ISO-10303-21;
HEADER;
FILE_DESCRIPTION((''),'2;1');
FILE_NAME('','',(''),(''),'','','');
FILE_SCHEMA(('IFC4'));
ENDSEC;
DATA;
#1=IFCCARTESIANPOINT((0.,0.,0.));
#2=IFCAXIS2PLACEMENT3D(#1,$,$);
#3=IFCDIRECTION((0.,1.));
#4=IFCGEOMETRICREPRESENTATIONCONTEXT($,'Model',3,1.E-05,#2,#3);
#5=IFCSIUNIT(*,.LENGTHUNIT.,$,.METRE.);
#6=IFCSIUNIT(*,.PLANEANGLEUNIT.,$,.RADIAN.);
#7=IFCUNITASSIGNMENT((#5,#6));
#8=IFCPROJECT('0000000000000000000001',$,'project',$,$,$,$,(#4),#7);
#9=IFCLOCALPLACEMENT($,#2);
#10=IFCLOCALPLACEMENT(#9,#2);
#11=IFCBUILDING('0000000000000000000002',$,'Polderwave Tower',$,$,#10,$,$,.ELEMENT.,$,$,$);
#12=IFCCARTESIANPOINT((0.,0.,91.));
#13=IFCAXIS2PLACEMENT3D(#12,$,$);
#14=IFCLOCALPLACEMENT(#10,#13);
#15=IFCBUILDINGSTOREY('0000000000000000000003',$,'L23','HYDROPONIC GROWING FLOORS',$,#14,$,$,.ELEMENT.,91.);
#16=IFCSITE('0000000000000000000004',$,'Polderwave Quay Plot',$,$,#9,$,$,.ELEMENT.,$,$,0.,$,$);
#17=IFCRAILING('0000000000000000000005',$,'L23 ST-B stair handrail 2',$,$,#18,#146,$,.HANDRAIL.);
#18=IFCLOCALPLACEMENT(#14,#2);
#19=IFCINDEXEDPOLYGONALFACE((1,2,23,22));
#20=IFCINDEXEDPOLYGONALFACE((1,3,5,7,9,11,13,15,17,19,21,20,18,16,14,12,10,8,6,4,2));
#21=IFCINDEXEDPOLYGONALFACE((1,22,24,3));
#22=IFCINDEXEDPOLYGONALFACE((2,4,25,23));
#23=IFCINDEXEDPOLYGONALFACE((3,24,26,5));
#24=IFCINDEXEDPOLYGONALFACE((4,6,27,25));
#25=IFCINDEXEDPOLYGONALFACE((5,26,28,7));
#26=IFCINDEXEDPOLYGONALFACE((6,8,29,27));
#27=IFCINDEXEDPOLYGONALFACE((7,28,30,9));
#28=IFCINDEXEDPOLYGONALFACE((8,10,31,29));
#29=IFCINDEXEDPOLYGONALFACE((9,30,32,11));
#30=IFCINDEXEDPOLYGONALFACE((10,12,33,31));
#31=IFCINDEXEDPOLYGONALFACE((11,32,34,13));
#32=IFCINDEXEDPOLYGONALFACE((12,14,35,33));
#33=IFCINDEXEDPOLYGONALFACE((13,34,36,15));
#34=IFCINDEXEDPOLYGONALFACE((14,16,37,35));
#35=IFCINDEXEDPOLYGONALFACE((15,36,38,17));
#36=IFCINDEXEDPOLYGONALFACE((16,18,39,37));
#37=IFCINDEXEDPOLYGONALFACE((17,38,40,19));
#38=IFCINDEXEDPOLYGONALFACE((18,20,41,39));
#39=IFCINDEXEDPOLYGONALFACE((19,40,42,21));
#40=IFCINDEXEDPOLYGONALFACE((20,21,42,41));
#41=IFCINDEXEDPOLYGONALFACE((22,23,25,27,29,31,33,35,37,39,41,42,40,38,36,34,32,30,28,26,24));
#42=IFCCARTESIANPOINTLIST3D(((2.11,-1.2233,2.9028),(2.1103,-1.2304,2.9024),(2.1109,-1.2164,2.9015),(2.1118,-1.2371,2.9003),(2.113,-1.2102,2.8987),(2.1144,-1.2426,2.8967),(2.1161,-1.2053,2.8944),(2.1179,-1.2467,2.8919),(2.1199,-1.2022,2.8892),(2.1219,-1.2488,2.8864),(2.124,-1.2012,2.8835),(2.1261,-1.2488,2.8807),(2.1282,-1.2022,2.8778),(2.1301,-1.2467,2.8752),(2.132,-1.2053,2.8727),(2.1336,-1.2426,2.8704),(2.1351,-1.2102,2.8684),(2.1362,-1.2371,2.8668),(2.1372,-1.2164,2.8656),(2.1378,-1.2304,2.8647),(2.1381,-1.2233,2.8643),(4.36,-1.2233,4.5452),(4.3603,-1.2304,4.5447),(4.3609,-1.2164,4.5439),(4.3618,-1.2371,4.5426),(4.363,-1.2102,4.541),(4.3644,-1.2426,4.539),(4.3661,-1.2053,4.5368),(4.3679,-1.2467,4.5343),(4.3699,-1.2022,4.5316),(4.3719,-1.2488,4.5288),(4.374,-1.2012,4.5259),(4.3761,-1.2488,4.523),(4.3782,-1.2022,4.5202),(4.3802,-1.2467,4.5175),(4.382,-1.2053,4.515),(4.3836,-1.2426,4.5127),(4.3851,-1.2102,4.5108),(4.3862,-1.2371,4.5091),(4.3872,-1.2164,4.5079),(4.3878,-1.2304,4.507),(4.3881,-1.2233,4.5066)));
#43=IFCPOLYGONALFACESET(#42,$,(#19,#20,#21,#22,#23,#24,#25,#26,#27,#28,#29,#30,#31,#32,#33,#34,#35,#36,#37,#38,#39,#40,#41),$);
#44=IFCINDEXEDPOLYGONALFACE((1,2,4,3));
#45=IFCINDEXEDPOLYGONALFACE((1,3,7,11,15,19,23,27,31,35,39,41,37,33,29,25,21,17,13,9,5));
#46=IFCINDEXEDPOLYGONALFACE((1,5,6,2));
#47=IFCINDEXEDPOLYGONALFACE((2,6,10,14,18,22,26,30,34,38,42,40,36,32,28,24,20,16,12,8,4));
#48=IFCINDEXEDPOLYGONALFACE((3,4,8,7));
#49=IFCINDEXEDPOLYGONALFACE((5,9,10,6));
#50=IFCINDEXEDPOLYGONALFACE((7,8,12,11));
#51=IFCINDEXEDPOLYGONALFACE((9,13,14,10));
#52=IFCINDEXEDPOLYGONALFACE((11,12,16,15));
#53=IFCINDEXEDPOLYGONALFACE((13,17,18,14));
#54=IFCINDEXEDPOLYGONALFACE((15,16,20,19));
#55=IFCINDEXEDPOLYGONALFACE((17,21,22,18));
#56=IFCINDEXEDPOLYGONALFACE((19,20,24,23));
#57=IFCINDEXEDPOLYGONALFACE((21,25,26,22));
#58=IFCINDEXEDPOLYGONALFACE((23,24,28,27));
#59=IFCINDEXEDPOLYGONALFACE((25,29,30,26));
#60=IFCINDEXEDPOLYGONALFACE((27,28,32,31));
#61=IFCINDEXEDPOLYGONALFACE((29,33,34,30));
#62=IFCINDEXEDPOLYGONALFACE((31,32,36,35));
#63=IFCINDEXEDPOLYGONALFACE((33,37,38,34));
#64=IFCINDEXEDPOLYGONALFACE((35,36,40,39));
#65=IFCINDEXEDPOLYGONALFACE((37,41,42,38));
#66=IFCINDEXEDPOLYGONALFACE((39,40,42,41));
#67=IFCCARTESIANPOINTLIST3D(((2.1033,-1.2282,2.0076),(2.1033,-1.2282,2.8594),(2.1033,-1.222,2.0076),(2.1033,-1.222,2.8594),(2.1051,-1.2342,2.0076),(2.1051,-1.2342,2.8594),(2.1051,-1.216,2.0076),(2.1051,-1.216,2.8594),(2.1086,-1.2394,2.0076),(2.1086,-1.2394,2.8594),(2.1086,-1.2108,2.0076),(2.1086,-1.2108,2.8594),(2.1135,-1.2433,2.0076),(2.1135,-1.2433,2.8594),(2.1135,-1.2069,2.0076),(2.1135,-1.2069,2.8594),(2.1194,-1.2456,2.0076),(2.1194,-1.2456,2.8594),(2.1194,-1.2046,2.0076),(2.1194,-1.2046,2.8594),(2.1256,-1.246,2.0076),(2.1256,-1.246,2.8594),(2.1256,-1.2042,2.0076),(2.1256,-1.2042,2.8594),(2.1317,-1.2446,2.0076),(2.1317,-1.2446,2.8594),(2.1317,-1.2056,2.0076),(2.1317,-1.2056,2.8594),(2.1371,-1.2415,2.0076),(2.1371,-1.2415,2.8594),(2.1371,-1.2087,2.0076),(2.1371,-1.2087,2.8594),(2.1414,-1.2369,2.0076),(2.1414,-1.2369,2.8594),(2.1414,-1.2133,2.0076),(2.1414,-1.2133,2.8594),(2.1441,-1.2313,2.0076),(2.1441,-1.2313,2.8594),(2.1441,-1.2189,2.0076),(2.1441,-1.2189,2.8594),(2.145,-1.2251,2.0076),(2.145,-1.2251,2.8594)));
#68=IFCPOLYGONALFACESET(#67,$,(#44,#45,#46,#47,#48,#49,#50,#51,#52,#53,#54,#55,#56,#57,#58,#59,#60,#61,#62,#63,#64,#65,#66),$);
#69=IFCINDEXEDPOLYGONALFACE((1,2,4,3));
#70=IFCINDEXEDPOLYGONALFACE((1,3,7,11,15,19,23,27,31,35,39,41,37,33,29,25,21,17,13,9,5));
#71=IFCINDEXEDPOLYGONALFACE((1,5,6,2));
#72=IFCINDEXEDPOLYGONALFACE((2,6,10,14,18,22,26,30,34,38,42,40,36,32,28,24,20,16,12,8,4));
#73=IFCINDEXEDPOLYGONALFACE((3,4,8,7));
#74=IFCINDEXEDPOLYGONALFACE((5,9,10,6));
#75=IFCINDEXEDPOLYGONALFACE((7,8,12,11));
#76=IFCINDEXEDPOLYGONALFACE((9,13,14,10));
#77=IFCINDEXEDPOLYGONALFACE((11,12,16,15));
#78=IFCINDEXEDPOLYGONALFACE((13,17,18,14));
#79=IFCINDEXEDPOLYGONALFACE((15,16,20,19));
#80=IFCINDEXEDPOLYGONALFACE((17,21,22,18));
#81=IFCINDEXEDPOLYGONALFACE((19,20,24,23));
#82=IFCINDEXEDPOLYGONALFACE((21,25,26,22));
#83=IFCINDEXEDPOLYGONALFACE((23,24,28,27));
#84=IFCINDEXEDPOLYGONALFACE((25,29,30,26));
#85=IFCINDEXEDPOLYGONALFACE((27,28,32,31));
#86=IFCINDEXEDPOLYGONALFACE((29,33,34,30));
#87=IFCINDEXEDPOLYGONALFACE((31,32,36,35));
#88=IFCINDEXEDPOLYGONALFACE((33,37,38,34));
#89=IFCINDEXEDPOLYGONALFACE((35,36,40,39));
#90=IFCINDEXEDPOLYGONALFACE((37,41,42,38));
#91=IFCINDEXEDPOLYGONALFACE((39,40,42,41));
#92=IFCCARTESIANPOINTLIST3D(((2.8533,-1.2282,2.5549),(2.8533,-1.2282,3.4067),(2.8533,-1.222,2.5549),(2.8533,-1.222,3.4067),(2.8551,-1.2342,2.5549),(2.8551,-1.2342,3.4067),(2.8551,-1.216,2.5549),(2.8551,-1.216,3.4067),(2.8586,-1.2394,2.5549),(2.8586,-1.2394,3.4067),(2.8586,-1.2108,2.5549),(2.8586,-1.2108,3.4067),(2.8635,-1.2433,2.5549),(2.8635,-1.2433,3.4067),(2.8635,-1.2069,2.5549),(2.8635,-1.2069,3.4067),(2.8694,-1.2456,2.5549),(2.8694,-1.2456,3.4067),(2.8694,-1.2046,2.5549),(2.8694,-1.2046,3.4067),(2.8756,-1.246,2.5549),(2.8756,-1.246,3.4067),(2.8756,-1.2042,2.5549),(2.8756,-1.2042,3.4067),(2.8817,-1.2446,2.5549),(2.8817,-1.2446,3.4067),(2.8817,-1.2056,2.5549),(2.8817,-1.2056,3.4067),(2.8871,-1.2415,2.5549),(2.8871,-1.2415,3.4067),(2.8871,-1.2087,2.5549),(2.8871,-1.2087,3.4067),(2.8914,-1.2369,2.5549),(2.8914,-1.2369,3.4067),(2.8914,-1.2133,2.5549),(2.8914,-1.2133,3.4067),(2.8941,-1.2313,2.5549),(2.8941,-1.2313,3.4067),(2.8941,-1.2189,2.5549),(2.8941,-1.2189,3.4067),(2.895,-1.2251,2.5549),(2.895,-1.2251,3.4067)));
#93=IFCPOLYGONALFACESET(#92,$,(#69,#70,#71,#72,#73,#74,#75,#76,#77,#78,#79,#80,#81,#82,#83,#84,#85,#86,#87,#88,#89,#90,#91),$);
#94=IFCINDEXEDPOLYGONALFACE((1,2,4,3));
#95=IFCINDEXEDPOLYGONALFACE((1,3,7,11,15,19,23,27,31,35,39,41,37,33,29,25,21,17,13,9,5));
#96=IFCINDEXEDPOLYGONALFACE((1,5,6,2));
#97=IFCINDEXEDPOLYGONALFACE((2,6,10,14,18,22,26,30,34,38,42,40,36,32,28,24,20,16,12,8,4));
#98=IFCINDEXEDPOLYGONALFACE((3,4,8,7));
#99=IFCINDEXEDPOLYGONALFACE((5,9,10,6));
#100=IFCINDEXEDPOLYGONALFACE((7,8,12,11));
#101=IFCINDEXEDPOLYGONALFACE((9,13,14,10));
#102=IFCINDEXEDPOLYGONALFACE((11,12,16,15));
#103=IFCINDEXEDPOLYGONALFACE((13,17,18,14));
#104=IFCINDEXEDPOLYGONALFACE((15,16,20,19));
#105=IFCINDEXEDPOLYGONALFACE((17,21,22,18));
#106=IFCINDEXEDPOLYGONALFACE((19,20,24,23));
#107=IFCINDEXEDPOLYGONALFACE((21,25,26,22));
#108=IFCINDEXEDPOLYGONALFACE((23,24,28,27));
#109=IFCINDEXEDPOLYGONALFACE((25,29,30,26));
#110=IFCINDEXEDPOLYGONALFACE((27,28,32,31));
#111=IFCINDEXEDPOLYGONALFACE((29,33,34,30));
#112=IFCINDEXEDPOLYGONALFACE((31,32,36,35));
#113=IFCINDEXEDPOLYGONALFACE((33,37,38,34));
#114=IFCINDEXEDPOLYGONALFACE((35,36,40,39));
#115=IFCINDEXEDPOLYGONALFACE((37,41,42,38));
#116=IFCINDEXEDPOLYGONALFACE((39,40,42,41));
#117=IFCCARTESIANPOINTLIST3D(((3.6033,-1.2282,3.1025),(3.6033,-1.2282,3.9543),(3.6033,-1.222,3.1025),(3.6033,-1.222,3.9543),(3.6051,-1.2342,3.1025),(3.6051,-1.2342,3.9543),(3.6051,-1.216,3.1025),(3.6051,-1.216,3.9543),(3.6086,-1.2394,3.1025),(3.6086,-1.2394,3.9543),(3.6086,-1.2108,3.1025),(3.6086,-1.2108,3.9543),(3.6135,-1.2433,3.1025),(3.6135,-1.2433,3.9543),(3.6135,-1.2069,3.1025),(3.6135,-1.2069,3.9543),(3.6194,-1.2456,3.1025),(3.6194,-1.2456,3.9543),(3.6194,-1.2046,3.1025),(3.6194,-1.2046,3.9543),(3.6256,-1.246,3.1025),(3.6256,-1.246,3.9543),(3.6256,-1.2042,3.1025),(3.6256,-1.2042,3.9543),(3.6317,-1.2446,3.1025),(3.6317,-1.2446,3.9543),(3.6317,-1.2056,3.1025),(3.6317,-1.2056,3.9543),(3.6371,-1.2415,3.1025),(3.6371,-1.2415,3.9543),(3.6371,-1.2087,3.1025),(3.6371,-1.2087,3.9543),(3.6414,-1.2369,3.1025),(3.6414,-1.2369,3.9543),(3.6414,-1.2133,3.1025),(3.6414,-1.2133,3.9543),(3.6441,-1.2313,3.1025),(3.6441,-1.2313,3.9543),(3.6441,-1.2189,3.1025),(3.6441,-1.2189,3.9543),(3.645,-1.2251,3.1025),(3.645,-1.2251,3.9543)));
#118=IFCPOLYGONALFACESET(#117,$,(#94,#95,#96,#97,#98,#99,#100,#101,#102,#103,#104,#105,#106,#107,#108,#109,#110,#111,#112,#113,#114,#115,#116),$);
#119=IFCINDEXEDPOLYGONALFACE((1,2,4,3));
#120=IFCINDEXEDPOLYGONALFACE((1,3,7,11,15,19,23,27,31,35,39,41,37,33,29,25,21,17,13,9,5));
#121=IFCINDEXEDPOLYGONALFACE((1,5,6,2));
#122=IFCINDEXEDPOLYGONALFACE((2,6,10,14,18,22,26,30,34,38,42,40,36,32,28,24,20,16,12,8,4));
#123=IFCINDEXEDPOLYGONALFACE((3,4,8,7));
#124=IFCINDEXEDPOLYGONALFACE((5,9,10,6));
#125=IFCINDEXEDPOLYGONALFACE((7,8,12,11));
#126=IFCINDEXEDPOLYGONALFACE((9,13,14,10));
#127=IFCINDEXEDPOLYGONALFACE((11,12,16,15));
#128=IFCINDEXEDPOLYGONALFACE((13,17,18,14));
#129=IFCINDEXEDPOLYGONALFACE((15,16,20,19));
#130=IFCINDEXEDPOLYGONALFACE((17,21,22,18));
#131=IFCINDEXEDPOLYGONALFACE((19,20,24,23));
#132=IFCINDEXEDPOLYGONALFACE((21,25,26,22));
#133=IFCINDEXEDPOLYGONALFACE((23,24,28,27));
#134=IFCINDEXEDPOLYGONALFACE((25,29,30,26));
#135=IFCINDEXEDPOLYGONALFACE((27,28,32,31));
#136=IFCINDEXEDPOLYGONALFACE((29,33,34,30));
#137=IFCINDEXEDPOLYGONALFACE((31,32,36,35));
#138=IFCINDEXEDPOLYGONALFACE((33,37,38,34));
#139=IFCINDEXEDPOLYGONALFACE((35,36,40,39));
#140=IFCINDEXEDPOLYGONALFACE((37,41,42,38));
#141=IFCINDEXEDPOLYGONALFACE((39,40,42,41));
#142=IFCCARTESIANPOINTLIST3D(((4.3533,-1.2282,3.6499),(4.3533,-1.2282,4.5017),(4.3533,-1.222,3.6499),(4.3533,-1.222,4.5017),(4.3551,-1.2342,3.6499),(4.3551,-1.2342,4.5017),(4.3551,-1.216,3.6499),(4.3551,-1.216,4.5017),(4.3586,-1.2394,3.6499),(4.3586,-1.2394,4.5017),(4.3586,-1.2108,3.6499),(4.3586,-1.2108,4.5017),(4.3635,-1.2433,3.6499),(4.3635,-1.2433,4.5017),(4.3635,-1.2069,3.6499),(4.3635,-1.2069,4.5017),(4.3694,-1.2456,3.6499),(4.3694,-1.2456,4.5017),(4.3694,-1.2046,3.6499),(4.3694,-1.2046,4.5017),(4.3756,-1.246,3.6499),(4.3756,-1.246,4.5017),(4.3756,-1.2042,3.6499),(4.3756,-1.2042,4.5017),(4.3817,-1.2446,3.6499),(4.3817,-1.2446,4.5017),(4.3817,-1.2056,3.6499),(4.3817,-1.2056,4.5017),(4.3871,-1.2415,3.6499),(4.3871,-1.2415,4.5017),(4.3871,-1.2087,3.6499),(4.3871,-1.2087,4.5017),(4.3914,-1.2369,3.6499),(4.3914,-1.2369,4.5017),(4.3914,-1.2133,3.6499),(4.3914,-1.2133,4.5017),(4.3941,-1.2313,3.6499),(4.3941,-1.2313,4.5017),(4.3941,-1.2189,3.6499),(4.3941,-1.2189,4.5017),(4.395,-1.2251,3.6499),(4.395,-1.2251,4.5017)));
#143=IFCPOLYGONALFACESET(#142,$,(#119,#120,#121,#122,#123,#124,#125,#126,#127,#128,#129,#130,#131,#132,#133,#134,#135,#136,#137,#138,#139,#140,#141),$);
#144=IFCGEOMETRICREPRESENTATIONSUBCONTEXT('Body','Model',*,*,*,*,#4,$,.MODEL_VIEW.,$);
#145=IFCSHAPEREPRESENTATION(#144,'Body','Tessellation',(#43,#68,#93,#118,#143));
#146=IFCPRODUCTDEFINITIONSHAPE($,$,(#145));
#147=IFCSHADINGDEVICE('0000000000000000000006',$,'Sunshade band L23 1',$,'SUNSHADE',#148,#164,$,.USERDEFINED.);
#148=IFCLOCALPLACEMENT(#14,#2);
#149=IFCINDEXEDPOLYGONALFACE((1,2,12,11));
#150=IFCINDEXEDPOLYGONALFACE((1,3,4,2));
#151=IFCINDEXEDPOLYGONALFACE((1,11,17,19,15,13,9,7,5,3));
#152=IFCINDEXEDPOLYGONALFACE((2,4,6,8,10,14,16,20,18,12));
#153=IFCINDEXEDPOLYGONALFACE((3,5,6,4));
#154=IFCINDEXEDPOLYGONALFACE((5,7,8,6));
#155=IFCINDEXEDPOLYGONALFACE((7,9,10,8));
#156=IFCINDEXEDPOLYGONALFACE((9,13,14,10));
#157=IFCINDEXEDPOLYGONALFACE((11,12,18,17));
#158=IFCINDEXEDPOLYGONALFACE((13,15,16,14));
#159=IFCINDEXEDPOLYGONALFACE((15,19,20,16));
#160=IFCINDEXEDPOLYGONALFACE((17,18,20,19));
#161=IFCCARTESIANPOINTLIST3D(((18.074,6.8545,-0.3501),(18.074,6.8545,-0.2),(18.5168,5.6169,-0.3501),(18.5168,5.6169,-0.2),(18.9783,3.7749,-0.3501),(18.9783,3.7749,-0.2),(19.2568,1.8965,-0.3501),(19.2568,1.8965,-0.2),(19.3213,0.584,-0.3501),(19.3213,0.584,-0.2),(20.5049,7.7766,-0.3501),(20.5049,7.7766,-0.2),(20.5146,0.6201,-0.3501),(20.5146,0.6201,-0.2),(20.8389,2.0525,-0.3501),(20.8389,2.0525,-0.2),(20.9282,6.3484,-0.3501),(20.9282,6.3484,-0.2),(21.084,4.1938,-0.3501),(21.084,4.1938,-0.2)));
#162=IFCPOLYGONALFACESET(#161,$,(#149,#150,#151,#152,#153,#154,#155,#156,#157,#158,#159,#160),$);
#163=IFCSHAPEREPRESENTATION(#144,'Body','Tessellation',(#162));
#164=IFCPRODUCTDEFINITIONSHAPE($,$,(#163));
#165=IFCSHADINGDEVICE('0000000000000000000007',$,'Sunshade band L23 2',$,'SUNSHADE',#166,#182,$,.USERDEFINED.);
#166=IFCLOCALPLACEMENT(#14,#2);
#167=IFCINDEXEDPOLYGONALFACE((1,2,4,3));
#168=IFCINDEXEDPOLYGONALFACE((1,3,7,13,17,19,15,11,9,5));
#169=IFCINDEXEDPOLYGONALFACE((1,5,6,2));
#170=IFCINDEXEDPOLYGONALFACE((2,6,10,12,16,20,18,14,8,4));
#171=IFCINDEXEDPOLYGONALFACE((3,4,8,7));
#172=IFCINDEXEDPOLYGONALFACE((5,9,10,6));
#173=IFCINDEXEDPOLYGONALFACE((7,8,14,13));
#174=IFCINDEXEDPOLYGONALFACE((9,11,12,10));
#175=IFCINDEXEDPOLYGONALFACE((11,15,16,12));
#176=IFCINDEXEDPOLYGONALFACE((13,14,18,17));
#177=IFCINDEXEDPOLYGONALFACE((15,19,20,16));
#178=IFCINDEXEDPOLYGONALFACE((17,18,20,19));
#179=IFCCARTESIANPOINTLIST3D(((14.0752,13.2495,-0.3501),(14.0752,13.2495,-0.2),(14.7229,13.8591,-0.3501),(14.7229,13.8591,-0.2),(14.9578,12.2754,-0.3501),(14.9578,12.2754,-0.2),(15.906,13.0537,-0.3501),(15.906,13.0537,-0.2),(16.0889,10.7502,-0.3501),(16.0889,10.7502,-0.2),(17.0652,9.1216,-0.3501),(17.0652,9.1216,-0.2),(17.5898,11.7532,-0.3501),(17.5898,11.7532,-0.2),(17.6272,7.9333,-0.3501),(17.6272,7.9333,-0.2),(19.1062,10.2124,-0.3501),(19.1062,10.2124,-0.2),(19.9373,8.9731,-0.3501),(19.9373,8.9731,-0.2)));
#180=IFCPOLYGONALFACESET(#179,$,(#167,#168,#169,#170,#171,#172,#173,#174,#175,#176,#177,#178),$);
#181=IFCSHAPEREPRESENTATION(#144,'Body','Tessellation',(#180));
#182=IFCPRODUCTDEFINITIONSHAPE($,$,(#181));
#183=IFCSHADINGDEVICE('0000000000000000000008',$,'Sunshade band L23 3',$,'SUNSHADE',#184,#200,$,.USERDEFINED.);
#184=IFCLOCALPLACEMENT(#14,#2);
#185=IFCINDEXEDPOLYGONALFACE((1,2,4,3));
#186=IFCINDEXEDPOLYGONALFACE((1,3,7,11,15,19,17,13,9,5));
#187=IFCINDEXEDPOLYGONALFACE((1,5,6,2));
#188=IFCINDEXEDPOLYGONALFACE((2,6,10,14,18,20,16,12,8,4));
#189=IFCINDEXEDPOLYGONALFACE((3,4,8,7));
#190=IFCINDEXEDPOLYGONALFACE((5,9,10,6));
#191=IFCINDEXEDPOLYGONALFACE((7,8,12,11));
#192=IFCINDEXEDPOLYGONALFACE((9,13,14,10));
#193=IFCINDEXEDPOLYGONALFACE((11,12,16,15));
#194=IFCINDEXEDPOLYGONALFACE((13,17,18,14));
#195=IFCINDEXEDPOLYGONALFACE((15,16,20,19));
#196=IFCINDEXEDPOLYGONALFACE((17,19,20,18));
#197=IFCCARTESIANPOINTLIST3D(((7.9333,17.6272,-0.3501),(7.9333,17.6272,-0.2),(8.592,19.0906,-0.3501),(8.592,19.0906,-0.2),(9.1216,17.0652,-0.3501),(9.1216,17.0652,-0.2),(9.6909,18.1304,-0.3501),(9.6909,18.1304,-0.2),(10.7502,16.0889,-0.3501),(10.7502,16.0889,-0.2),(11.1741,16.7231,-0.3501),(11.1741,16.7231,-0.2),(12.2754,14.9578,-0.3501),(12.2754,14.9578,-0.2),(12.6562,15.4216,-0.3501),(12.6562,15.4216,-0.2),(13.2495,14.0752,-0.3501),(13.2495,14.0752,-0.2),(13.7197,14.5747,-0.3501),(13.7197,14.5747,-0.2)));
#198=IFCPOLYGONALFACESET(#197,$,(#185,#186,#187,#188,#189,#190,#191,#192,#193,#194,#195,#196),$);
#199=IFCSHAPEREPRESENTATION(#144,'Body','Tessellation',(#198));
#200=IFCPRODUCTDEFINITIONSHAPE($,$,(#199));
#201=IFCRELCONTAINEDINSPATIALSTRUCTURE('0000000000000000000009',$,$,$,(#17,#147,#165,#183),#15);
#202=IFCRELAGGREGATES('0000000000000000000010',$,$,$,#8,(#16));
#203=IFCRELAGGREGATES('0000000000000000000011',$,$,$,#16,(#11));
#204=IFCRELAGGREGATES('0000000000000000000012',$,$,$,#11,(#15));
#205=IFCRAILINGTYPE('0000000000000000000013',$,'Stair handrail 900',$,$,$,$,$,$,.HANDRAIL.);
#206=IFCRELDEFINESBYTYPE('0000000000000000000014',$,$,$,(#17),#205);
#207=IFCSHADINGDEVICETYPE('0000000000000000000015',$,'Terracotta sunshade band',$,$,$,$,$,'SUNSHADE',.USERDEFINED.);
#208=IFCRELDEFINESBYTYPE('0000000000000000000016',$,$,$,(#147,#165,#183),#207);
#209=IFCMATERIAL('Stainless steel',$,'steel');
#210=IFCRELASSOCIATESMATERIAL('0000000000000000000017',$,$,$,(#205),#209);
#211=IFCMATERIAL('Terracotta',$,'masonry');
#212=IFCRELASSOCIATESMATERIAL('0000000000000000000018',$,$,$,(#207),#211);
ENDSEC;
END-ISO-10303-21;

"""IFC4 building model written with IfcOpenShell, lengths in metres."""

from ifc_helpers import new_model, si_unit, direction, frame, origin, origin_2d, place, context, subcontext, project, spatial, polyline, circle, outline, extrude, material, type_object, element, save


model = new_model("IFC4")

# Units and contexts
model_context = context("Model", 3, precision=1e-05, world=origin(), true_north=direction((0.0, 1.0)))
body_context = subcontext(model_context, "Body", "Model", "MODEL_VIEW")
ifc_project = project(units=[si_unit("LENGTHUNIT", "METRE"), si_unit("PLANEANGLEUNIT", "RADIAN")], contexts=[model_context])

# Site, building, storey
site_placement = place(None, origin())
site = spatial("IfcSite", under=ifc_project, at=site_placement, Name="Polderwave Quay Plot", CompositionType="ELEMENT", RefElevation=0.0)
building_placement = place(site_placement, origin())
building = spatial("IfcBuilding", under=site, at=building_placement, Name="Polderwave Tower", CompositionType="ELEMENT")
storey_placement = place(building_placement, frame((0.0, 0.0, 91.0)))
storey = spatial("IfcBuildingStorey", under=building, at=storey_placement, Name="L23", Description="HYDROPONIC GROWING FLOORS", CompositionType="ELEMENT", Elevation=91.0)

# Railing
ifc_material_1 = material(Name="Stainless steel", Category="steel")
railing_type_1 = type_object("IfcRailingType", Name="Stair handrail 900", PredefinedType="HANDRAIL", material=ifc_material_1)
railing_1_placement = place(storey_placement, frame((2.124, -1.2251, 2.0076)))
element("IfcRailing", 1, at=railing_1_placement, inside=storey, type_object=railing_type_1, Name="L23 ST-B stair handrail 2", PredefinedType="HANDRAIL", context=body_context, shape_type="SweptSolid", body=[
    extrude(circle(Radius=0.0239, at=origin_2d()), frame((0.0, 0.0, 0.876), z_axis=(0.807715, 0.0, 0.589573), x_axis=(0.0, 1.0, 0.0)), (0.0, 0.0, 1.0), 2.7856),
    extrude(circle(Radius=0.021, at=origin_2d()), origin(), (0.0, 0.0, 1.0), 0.8518),
    extrude(circle(Radius=0.021, at=origin_2d()), frame((0.75, 0.0, 0.5474)), (0.0, 0.0, 1.0), 0.8518),
    extrude(circle(Radius=0.021, at=origin_2d()), frame((1.5, 0.0, 1.095)), (0.0, 0.0, 1.0), 0.8518),
    extrude(circle(Radius=0.021, at=origin_2d()), frame((2.25, 0.0, 1.6423)), (0.0, 0.0, 1.0), 0.8518),
])

# Shading devices
ifc_material_2 = material(Name="Terracotta", Category="masonry")
shading_device_type = type_object("IfcShadingDeviceType", Name="Terracotta sunshade band", ElementType="SUNSHADE", PredefinedType="USERDEFINED", material=ifc_material_2)
shading_device_1_placement = place(storey_placement, frame((0.0, 0.0, -0.3501)))
element("IfcShadingDevice", 2, at=shading_device_1_placement, inside=storey, type_object=shading_device_type, Name="Sunshade band L23 1", ObjectType="SUNSHADE", PredefinedType="USERDEFINED", context=body_context, shape_type="SweptSolid", body=[
    extrude(outline(polyline([(19.3213, 0.584), (19.2568, 1.8965), (18.9783, 3.7749), (18.5168, 5.6169), (18.074, 6.8545), (20.5049, 7.7766), (20.9282, 6.3484), (21.084, 4.1938), (20.8389, 2.0525), (20.5146, 0.6201), (19.3213, 0.584)])), origin(), (0.0, 0.0, 1.0), 0.1501),
])
shading_device_2_placement = place(storey_placement, frame((0.0, 0.0, -0.3501)))
element("IfcShadingDevice", 3, at=shading_device_2_placement, inside=storey, type_object=shading_device_type, Name="Sunshade band L23 2", ObjectType="SUNSHADE", PredefinedType="USERDEFINED", context=body_context, shape_type="SweptSolid", body=[
    extrude(outline(polyline([(17.6272, 7.9333), (17.0652, 9.1216), (16.0889, 10.7502), (14.9578, 12.2754), (14.0752, 13.2495), (14.7229, 13.8591), (15.906, 13.0537), (17.5898, 11.7532), (19.1062, 10.2124), (19.9373, 8.9731), (17.6272, 7.9333)])), origin(), (0.0, 0.0, 1.0), 0.1501),
])
shading_device_3_placement = place(storey_placement, frame((0.0, 0.0, -0.3501)))
element("IfcShadingDevice", 4, at=shading_device_3_placement, inside=storey, type_object=shading_device_type, Name="Sunshade band L23 3", ObjectType="SUNSHADE", PredefinedType="USERDEFINED", context=body_context, shape_type="SweptSolid", body=[
    extrude(outline(polyline([(13.2495, 14.0752), (12.2754, 14.9578), (10.7502, 16.0889), (9.1216, 17.0652), (7.9333, 17.6272), (8.592, 19.0906), (9.6909, 18.1304), (11.1741, 16.7231), (12.6562, 15.4216), (13.7197, 14.5747), (13.2495, 14.0752)])), origin(), (0.0, 0.0, 1.0), 0.1501),
])

save(model, "model.ifc")
